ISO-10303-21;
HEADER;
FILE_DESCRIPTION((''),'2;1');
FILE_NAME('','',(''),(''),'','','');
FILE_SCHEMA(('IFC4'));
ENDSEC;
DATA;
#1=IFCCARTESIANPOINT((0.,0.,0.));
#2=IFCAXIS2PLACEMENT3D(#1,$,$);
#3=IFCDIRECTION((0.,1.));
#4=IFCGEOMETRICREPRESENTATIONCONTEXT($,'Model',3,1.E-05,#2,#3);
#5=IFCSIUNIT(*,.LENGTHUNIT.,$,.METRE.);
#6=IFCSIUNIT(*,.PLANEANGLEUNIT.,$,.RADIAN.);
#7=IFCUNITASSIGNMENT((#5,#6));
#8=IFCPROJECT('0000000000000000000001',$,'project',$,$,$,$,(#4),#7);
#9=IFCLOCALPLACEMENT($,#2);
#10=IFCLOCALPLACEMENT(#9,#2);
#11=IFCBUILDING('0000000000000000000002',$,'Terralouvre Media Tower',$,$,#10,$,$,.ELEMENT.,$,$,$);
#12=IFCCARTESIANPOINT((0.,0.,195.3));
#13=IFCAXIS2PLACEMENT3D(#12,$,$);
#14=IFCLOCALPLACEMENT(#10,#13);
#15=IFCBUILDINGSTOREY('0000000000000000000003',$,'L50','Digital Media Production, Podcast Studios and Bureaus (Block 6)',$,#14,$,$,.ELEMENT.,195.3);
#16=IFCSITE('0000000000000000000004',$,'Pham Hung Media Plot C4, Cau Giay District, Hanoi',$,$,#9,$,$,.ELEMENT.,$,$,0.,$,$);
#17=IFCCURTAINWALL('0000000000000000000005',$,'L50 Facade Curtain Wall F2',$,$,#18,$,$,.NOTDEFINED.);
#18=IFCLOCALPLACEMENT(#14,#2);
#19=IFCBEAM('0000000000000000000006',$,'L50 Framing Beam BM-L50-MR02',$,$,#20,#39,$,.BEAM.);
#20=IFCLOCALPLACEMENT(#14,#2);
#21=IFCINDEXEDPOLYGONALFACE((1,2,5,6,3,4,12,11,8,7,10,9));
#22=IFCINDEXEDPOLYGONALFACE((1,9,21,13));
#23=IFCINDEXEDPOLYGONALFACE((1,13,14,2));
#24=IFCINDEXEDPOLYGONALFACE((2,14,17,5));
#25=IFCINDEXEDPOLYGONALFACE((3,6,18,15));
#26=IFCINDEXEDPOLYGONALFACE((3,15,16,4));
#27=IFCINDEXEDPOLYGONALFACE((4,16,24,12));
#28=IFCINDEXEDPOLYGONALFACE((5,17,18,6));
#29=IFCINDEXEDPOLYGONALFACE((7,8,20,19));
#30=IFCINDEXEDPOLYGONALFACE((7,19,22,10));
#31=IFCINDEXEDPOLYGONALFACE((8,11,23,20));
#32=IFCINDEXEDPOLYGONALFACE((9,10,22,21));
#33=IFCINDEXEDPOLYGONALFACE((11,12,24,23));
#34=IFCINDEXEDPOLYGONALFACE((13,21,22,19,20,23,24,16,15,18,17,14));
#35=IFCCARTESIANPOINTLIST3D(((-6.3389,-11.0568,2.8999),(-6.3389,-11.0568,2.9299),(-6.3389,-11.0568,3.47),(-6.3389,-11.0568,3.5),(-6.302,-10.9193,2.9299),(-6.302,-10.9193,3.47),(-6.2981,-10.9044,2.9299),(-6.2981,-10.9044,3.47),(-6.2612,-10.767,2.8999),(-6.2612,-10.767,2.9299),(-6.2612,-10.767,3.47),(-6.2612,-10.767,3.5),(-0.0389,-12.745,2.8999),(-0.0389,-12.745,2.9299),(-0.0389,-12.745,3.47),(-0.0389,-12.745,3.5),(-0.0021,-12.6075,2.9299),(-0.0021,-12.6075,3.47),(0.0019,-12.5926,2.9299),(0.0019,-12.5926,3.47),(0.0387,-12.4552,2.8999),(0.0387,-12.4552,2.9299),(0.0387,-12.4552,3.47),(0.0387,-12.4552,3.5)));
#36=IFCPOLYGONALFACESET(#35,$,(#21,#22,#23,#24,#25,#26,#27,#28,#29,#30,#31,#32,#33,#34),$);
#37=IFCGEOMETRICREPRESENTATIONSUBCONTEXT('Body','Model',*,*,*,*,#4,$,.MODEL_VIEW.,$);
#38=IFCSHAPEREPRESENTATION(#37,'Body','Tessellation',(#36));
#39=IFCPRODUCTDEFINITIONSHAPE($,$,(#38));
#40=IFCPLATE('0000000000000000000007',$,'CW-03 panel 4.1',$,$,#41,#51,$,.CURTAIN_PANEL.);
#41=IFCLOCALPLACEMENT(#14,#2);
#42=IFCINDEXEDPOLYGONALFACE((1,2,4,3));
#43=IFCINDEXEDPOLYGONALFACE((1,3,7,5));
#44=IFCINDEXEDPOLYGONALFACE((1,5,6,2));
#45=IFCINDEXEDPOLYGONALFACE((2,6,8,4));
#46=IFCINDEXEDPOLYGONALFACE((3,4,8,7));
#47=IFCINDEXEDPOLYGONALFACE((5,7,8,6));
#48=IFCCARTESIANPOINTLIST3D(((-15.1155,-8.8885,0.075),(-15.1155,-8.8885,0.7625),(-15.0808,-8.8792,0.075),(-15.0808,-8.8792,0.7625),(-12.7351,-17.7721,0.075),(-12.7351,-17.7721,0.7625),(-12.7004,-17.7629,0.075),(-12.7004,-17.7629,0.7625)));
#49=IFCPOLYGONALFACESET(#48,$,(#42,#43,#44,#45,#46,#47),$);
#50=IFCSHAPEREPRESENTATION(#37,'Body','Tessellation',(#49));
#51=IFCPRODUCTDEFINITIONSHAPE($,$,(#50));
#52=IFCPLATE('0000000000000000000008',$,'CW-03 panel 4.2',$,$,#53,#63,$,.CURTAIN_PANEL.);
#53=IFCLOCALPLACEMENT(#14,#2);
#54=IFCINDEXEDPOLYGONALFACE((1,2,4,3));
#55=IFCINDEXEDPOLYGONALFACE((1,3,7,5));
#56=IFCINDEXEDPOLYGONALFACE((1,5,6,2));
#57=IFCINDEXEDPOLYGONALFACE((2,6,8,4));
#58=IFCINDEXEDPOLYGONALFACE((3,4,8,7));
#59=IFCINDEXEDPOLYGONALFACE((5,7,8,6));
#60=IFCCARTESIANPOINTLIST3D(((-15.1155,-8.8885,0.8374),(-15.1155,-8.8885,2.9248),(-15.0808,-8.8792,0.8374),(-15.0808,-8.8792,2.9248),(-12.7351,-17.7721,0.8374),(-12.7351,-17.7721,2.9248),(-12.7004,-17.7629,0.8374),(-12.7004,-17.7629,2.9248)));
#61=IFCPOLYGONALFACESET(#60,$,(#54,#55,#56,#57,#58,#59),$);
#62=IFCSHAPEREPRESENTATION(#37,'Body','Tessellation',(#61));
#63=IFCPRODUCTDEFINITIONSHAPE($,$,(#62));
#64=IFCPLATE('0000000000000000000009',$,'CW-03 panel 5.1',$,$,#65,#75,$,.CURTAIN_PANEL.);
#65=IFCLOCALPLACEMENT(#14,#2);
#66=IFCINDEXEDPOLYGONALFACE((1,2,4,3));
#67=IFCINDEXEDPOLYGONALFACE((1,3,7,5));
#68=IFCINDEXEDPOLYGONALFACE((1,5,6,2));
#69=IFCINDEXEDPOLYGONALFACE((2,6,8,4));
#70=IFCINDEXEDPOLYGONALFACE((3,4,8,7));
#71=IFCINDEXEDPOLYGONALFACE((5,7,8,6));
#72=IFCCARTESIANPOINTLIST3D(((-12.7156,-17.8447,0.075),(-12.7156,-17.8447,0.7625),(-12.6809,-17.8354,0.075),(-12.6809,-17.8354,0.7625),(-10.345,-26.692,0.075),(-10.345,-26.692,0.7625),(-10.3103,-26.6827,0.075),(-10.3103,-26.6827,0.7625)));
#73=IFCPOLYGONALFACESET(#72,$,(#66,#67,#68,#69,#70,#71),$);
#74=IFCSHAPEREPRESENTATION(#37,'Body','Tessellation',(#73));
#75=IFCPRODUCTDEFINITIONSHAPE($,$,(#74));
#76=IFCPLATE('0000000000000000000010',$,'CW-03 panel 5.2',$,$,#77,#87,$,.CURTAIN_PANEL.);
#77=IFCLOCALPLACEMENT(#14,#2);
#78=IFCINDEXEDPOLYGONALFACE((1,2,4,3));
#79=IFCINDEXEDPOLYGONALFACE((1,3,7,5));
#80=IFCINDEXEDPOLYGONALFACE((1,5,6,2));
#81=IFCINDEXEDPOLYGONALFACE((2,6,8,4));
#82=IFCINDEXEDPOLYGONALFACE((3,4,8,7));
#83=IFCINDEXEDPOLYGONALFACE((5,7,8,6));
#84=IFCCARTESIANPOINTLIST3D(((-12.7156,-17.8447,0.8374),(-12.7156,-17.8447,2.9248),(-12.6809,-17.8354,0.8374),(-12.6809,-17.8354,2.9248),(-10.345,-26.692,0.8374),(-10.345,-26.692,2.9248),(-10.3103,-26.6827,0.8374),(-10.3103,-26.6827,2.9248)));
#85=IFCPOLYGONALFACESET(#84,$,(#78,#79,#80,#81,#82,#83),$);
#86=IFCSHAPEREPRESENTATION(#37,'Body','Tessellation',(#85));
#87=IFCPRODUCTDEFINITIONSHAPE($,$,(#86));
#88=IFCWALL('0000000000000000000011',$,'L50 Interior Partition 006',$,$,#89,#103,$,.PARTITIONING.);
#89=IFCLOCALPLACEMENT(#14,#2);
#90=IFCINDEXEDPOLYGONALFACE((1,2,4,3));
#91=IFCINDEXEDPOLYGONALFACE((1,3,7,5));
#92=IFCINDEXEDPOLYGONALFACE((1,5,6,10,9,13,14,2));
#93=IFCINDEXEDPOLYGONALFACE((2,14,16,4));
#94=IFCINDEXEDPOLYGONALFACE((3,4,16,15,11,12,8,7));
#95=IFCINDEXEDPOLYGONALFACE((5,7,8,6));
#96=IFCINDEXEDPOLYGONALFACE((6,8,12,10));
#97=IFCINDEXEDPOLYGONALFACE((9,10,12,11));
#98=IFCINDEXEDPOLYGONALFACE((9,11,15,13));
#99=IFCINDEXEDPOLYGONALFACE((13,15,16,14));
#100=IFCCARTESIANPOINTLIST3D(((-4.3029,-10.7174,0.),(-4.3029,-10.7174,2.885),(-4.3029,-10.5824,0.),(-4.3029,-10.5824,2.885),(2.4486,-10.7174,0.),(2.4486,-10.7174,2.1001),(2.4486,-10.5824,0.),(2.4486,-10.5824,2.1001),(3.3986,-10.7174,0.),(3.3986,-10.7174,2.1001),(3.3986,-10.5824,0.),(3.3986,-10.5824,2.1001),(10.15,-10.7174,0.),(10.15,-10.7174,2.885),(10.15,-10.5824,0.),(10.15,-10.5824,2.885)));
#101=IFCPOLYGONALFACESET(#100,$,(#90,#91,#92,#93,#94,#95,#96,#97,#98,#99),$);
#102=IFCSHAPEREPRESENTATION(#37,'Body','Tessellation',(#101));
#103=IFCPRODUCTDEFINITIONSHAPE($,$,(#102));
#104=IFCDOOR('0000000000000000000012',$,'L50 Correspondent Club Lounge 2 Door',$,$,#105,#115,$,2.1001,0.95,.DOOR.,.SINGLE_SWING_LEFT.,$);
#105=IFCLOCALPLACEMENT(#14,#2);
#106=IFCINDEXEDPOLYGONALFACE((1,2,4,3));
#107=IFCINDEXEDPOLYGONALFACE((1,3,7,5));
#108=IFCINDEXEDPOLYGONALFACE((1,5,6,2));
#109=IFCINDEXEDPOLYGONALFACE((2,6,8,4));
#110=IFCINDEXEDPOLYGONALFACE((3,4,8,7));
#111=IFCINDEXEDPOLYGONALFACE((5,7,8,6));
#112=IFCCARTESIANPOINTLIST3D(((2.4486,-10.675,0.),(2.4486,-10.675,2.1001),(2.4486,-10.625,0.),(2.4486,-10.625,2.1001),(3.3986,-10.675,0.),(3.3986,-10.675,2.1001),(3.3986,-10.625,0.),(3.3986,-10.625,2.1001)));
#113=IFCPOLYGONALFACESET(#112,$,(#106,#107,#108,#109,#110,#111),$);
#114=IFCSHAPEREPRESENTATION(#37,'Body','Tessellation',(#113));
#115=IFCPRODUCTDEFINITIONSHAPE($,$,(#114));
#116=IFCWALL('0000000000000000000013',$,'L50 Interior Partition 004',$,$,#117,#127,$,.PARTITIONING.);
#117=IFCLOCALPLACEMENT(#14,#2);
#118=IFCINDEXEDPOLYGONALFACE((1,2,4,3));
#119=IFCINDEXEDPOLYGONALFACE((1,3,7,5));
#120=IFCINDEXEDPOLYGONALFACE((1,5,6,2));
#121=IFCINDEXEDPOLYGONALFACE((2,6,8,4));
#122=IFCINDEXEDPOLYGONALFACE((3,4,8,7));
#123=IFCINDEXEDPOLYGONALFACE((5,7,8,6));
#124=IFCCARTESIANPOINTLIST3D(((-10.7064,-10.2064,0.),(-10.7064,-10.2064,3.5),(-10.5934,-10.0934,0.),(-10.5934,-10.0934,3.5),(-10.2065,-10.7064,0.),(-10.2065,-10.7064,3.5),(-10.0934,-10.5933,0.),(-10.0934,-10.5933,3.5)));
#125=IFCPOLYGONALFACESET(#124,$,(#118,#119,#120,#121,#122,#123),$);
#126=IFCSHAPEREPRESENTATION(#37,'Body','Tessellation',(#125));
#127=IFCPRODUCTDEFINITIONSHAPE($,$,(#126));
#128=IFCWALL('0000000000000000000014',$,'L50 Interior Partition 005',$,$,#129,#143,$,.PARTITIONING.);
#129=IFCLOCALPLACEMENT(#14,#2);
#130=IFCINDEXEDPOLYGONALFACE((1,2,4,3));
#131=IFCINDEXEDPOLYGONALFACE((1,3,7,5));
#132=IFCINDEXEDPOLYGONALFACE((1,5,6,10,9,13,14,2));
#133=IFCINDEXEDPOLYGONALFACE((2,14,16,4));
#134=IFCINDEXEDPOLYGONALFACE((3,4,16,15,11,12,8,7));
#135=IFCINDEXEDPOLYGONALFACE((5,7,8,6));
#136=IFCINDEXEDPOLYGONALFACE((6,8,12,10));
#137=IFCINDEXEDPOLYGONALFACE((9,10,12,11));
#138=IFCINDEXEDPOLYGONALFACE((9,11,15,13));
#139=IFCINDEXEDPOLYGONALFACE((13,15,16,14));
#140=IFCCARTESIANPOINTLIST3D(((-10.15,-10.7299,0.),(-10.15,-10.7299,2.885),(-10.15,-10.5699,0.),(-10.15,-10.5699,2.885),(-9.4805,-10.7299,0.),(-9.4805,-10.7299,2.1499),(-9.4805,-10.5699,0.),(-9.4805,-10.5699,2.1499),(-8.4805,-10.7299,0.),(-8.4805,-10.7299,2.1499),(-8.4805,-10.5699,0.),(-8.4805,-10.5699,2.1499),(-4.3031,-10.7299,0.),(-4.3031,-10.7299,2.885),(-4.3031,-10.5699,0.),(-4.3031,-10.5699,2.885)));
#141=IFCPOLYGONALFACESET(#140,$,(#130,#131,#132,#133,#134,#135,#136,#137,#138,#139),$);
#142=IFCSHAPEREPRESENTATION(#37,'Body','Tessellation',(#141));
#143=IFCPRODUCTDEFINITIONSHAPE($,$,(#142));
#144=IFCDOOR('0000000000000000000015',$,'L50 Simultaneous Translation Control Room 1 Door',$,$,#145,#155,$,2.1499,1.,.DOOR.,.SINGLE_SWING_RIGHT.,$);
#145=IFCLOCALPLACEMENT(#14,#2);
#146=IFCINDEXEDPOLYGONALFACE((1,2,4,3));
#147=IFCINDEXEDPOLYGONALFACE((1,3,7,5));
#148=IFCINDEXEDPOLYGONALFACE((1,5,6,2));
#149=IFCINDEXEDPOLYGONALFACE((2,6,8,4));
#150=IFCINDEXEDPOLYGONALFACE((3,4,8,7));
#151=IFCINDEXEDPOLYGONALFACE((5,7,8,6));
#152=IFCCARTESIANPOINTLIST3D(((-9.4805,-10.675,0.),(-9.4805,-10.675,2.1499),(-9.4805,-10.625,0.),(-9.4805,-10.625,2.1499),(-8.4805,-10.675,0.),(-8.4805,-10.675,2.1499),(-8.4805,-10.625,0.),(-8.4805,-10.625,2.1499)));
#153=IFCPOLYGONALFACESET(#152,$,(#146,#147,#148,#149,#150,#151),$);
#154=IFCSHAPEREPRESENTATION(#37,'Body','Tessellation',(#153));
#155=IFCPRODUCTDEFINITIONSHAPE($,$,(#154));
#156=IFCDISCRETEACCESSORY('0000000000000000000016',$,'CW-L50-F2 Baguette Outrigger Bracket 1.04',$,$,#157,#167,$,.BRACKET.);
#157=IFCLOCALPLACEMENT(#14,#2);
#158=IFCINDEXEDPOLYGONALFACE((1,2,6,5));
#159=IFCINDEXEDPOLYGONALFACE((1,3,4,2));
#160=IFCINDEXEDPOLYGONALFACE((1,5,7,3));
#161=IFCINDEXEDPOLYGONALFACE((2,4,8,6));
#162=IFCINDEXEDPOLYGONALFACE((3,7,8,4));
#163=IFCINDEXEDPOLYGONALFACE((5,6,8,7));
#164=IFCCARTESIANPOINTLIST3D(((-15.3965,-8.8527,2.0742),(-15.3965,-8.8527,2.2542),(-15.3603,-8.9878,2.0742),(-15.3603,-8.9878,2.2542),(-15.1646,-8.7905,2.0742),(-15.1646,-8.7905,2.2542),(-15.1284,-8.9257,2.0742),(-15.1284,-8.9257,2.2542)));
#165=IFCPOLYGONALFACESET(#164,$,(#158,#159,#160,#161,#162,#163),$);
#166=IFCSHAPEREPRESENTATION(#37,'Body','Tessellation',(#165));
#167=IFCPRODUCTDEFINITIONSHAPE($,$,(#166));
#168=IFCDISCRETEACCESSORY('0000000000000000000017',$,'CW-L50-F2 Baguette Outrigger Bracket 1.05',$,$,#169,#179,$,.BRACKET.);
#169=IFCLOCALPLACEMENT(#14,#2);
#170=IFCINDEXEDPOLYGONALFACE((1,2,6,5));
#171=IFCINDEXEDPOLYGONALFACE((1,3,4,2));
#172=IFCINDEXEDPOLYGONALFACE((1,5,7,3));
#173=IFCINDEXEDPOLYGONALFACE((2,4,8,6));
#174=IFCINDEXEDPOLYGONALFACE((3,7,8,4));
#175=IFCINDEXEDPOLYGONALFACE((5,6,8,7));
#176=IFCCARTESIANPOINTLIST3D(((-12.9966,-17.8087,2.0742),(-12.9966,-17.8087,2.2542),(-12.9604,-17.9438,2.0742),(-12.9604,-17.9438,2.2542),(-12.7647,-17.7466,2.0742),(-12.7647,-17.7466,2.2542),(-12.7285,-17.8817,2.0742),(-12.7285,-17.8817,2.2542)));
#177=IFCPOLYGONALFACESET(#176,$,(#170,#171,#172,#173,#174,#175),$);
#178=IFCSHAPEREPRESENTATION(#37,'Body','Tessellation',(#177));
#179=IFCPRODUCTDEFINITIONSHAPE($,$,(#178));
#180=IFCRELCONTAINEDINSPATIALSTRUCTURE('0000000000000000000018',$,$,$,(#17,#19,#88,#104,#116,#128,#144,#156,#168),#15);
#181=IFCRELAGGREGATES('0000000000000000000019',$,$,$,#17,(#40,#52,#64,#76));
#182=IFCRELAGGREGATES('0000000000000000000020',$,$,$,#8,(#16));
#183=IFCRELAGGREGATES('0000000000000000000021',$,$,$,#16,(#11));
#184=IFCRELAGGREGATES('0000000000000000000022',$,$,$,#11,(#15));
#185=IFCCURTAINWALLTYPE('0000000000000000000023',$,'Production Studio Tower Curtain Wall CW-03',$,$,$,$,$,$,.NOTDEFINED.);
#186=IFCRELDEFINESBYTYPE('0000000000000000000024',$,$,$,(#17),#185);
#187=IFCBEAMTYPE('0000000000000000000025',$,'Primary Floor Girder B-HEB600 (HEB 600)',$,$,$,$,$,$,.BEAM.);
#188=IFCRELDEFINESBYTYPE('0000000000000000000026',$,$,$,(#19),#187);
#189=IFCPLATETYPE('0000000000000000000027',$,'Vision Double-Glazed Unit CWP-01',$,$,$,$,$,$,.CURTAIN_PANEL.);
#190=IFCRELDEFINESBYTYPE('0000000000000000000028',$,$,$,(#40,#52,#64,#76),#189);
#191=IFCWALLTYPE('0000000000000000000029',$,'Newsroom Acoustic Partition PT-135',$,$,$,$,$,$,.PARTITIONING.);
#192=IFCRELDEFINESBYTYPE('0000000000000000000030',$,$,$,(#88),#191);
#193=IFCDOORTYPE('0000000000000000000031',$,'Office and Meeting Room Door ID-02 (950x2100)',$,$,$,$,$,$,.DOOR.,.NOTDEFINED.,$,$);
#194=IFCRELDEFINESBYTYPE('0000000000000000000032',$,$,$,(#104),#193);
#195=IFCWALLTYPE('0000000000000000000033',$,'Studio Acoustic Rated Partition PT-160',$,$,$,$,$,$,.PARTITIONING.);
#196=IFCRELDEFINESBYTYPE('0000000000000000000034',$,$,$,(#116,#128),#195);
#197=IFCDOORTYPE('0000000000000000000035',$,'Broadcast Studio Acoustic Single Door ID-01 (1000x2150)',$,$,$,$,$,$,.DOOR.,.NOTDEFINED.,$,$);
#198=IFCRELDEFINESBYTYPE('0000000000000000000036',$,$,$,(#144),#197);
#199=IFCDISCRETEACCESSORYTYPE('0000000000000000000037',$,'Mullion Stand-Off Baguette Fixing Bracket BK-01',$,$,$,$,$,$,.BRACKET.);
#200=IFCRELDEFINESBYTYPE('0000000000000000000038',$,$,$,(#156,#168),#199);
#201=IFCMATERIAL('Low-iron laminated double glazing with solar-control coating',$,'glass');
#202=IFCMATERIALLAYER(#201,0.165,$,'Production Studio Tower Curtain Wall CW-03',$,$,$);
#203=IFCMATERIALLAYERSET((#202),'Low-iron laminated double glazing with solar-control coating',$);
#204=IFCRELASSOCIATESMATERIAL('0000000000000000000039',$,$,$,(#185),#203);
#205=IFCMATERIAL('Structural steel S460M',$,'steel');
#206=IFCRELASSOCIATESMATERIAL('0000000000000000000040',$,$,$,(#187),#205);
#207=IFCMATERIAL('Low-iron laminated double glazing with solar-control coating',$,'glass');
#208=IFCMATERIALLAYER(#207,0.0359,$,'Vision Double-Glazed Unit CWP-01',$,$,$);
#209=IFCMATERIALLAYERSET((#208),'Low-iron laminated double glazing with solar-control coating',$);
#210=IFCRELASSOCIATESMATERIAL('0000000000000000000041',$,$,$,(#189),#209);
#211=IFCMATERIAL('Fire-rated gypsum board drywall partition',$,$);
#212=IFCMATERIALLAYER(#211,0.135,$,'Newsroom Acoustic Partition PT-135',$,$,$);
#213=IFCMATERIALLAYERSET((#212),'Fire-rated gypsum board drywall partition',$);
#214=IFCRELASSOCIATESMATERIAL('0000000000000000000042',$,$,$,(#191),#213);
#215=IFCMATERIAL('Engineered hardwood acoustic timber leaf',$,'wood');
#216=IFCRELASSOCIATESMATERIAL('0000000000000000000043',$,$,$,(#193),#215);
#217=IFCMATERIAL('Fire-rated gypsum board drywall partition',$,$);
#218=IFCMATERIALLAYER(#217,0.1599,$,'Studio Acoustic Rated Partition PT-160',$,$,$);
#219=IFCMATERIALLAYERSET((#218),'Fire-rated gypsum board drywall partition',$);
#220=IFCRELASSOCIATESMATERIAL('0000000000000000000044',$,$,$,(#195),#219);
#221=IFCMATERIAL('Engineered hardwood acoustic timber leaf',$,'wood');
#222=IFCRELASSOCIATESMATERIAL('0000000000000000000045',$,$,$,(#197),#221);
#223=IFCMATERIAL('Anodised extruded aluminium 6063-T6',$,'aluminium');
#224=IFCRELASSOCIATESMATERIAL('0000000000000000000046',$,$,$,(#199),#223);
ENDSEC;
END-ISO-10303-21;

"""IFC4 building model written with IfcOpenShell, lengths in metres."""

from ifc_helpers import new_model, si_unit, direction, frame, frame_2d, origin, origin_2d, place, context, subcontext, project, spatial, rectangle, i_section, extrude, material, layer, layer_set, material_profile, profile_set, type_object, element, fill, aggregate, save


model = new_model("IFC4")

# Units and contexts
model_context = context("Model", 3, precision=1e-05, world=origin(), true_north=direction((0.0, 1.0)))
body_context = subcontext(model_context, "Body", "Model", "MODEL_VIEW")
ifc_project = project(units=[si_unit("LENGTHUNIT", "METRE"), si_unit("PLANEANGLEUNIT", "RADIAN")], contexts=[model_context])

# Site, building, storey
site_placement = place(None, origin())
site = spatial("IfcSite", under=ifc_project, at=site_placement, Name="Pham Hung Media Plot C4, Cau Giay District, Hanoi", CompositionType="ELEMENT", RefElevation=0.0)
building_placement = place(site_placement, origin())
building = spatial("IfcBuilding", under=site, at=building_placement, Name="Terralouvre Media Tower", CompositionType="ELEMENT")
storey_placement = place(building_placement, frame((0.0, 0.0, 195.3)))
storey = spatial("IfcBuildingStorey", under=building, at=storey_placement, Name="L50", Description="Digital Media Production, Podcast Studios and Bureaus (Block 6)", CompositionType="ELEMENT", Elevation=195.3)

# Curtain wall
ifc_material_1 = material(Name="Low-iron laminated double glazing with solar-control coating", Category="glass")
ifc_layer_1 = layer(ifc_material_1, 0.165, Name="Production Studio Tower Curtain Wall CW-03")
ifc_layer_set_1 = layer_set([ifc_layer_1], Name="Low-iron laminated double glazing with solar-control coating")
curtain_wall_type = type_object("IfcCurtainWallType", Name="Production Studio Tower Curtain Wall CW-03", PredefinedType="NOTDEFINED", material=ifc_layer_set_1)
curtain_wall_placement = place(storey_placement, origin())
curtain_wall = element("IfcCurtainWall", 1, at=curtain_wall_placement, inside=storey, type_object=curtain_wall_type, Name="L50 Facade Curtain Wall F2", PredefinedType="NOTDEFINED")

# Beam
ifc_material_2 = material(Name="Structural steel S460M", Category="steel")
ifc_material_profile_1 = material_profile(ifc_material_2, i_section(OverallWidth=0.3, OverallDepth=0.6001, WebThickness=0.0154, FlangeThickness=0.03, at=origin_2d()), Name="HEB 600")
ifc_profile_set_1 = profile_set([ifc_material_profile_1], Name="Structural steel S460M")
beam_type_1 = type_object("IfcBeamType", Name="Primary Floor Girder B-HEB600 (HEB 600)", PredefinedType="BEAM", material=ifc_profile_set_1)
beam_1_placement = place(storey_placement, frame((-6.3, -10.9119, 3.2), z_axis=(0.96592, -0.258839, 0.0), x_axis=(0.258839, 0.96592, 0.0)))
element("IfcBeam", 2, at=beam_1_placement, inside=storey, type_object=beam_type_1, Name="L50 Framing Beam BM-L50-MR02", PredefinedType="BEAM", context=body_context, shape_type="SweptSolid", body=[
    extrude(i_section(OverallWidth=0.3, OverallDepth=0.6001, WebThickness=0.0154, FlangeThickness=0.03, at=origin_2d()), origin(), (0.0, 0.0, 1.0), 6.5222),
])

# Plates
ifc_material_3 = material(Name="Low-iron laminated double glazing with solar-control coating", Category="glass")
ifc_layer_2 = layer(ifc_material_3, 0.0359, Name="Vision Double-Glazed Unit CWP-01")
ifc_layer_set_2 = layer_set([ifc_layer_2], Name="Low-iron laminated double glazing with solar-control coating")
plate_type = type_object("IfcPlateType", Name="Vision Double-Glazed Unit CWP-01", PredefinedType="CURTAIN_PANEL", material=ifc_layer_set_2)
plate_1_placement = place(storey_placement, frame((-13.908, -13.3257, 0.075), z_axis=(0.0, 0.0, 1.0), x_axis=(0.258819, -0.965926, 0.0)))
plate_1 = element("IfcPlate", 3, at=plate_1_placement, type_object=plate_type, Name="CW-03 panel 4.1", PredefinedType="CURTAIN_PANEL", context=body_context, shape_type="SweptSolid", body=[
    extrude(rectangle(XDim=9.197, YDim=0.0359, at=origin_2d()), origin(), (0.0, 0.0, 1.0), 0.6875),
])
plate_2_placement = place(storey_placement, frame((-13.908, -13.3257, 0.8374), z_axis=(0.0, 0.0, 1.0), x_axis=(0.258819, -0.965926, 0.0)))
plate_2 = element("IfcPlate", 4, at=plate_2_placement, type_object=plate_type, Name="CW-03 panel 4.2", PredefinedType="CURTAIN_PANEL", context=body_context, shape_type="SweptSolid", body=[
    extrude(rectangle(XDim=9.197, YDim=0.0359, at=origin_2d()), origin(), (0.0, 0.0, 1.0), 2.0874),
])
plate_3_placement = place(storey_placement, frame((-11.5129, -22.2637, 0.075), z_axis=(0.0, 0.0, 1.0), x_axis=(0.258819, -0.965926, 0.0)))
plate_3 = element("IfcPlate", 5, at=plate_3_placement, type_object=plate_type, Name="CW-03 panel 5.1", PredefinedType="CURTAIN_PANEL", context=body_context, shape_type="SweptSolid", body=[
    extrude(rectangle(XDim=9.1594, YDim=0.0359, at=origin_2d()), origin(), (0.0, 0.0, 1.0), 0.6875),
])
plate_4_placement = place(storey_placement, frame((-11.5129, -22.2637, 0.8374), z_axis=(0.0, 0.0, 1.0), x_axis=(0.258819, -0.965926, 0.0)))
plate_4 = element("IfcPlate", 6, at=plate_4_placement, type_object=plate_type, Name="CW-03 panel 5.2", PredefinedType="CURTAIN_PANEL", context=body_context, shape_type="SweptSolid", body=[
    extrude(rectangle(XDim=9.1594, YDim=0.0359, at=origin_2d()), origin(), (0.0, 0.0, 1.0), 2.0874),
])
aggregate(curtain_wall, [plate_1, plate_2, plate_3, plate_4])

# Wall, opening, door
ifc_material_4 = material(Name="Fire-rated gypsum board drywall partition")
ifc_layer_3 = layer(ifc_material_4, 0.135, Name="Newsroom Acoustic Partition PT-135")
ifc_layer_set_3 = layer_set([ifc_layer_3], Name="Fire-rated gypsum board drywall partition")
wall_type_1 = type_object("IfcWallType", Name="Newsroom Acoustic Partition PT-135", PredefinedType="PARTITIONING", material=ifc_layer_set_3)
wall_1_placement = place(storey_placement, frame((-4.303, -10.6499, 0.0), z_axis=(0.0, 0.0, 1.0), x_axis=(1.0, 0.0, 0.0)))
wall_1 = element("IfcWall", 7, at=wall_1_placement, inside=storey, type_object=wall_type_1, Name="L50 Interior Partition 006", PredefinedType="PARTITIONING", context=body_context, shape_type="SweptSolid", body=[
    extrude(rectangle(XDim=14.4529, YDim=0.135, at=frame_2d((7.2266, 0.0))), origin(), (0.0, 0.0, 1.0), 2.885),
])
opening_1_placement = place(wall_1_placement, frame((6.7515, 0.0, 0.0)))
opening_1 = element("IfcOpeningElement", 8, at=opening_1_placement, cuts=wall_1, PredefinedType="OPENING", context=body_context, shape_type="SweptSolid", body=[
    extrude(rectangle(XDim=0.95, YDim=2.1001, at=frame_2d((0.4751, 1.05))), frame((0.0, 0.0774, 0.0), z_axis=(0.0, -1.0, 0.0), x_axis=(1.0, 0.0, 0.0)), (0.0, 0.0, 1.0), 0.155),
])
ifc_material_5 = material(Name="Engineered hardwood acoustic timber leaf", Category="wood")
door_type_1 = type_object("IfcDoorType", Name="Office and Meeting Room Door ID-02 (950x2100)", OperationType="NOTDEFINED", PredefinedType="DOOR", material=ifc_material_5)
door_1_placement = place(opening_1_placement, origin())
door_1 = element("IfcDoor", 9, at=door_1_placement, inside=storey, type_object=door_type_1, Name="L50 Correspondent Club Lounge 2 Door", OperationType="SINGLE_SWING_LEFT", OverallHeight=2.1001, OverallWidth=0.95, PredefinedType="DOOR", context=body_context, shape_type="SweptSolid", body=[
    extrude(rectangle(XDim=0.95, YDim=2.1001, at=frame_2d((0.4751, 1.05))), frame((0.0, 0.0249, 0.0), z_axis=(0.0, -1.0, 0.0), x_axis=(1.0, 0.0, 0.0)), (0.0, 0.0, 1.0), 0.05),
])
fill(opening_1, door_1)

# Wall
ifc_material_6 = material(Name="Fire-rated gypsum board drywall partition")
ifc_layer_4 = layer(ifc_material_6, 0.1599, Name="Studio Acoustic Rated Partition PT-160")
ifc_layer_set_4 = layer_set([ifc_layer_4], Name="Fire-rated gypsum board drywall partition")
wall_type_2 = type_object("IfcWallType", Name="Studio Acoustic Rated Partition PT-160", PredefinedType="PARTITIONING", material=ifc_layer_set_4)
wall_2_placement = place(storey_placement, frame((-10.6499, -10.1499, 0.0), z_axis=(0.0, 0.0, 1.0), x_axis=(0.707107, -0.707107, 0.0)))
element("IfcWall", 10, at=wall_2_placement, inside=storey, type_object=wall_type_2, Name="L50 Interior Partition 004", PredefinedType="PARTITIONING", context=body_context, shape_type="SweptSolid", body=[
    extrude(rectangle(XDim=0.707, YDim=0.1599, at=frame_2d((0.3535, 0.0))), origin(), (0.0, 0.0, 1.0), 3.5),
])

# Wall, opening, door
wall_3_placement = place(storey_placement, frame((-10.1499, -10.6499, 0.0), z_axis=(0.0, 0.0, 1.0), x_axis=(1.0, 0.0, 0.0)))
wall_3 = element("IfcWall", 11, at=wall_3_placement, inside=storey, type_object=wall_type_2, Name="L50 Interior Partition 005", PredefinedType="PARTITIONING", context=body_context, shape_type="SweptSolid", body=[
    extrude(rectangle(XDim=5.8469, YDim=0.1599, at=frame_2d((2.9233, 0.0))), origin(), (0.0, 0.0, 1.0), 2.885),
])
opening_2_placement = place(wall_3_placement, frame((0.6694, 0.0, 0.0)))
opening_2 = element("IfcOpeningElement", 12, at=opening_2_placement, cuts=wall_3, PredefinedType="OPENING", context=body_context, shape_type="SweptSolid", body=[
    extrude(rectangle(XDim=1.0, YDim=2.1499, at=frame_2d((0.5, 1.075))), frame((0.0, 0.0898, 0.0), z_axis=(0.0, -1.0, 0.0), x_axis=(1.0, 0.0, 0.0)), (0.0, 0.0, 1.0), 0.1799),
])
ifc_material_7 = material(Name="Engineered hardwood acoustic timber leaf", Category="wood")
door_type_2 = type_object("IfcDoorType", Name="Broadcast Studio Acoustic Single Door ID-01 (1000x2150)", OperationType="NOTDEFINED", PredefinedType="DOOR", material=ifc_material_7)
door_2_placement = place(opening_2_placement, origin())
door_2 = element("IfcDoor", 13, at=door_2_placement, inside=storey, type_object=door_type_2, Name="L50 Simultaneous Translation Control Room 1 Door", OperationType="SINGLE_SWING_RIGHT", OverallHeight=2.1499, OverallWidth=1.0, PredefinedType="DOOR", context=body_context, shape_type="SweptSolid", body=[
    extrude(rectangle(XDim=1.0, YDim=2.1499, at=frame_2d((0.5, 1.075))), frame((0.0, 0.0249, 0.0), z_axis=(0.0, -1.0, 0.0), x_axis=(1.0, 0.0, 0.0)), (0.0, 0.0, 1.0), 0.05),
])
fill(opening_2, door_2)

# Discrete accessories
ifc_material_8 = material(Name="Anodised extruded aluminium 6063-T6", Category="aluminium")
discrete_accessory_type = type_object("IfcDiscreteAccessoryType", Name="Mullion Stand-Off Baguette Fixing Bracket BK-01", PredefinedType="BRACKET", material=ifc_material_8)
for number, where, z_axis, x_axis, name in (
    (14, (-15.2625, -8.8892, 2.0742), (0.0, 0.0, 1.0), (0.258819, -0.965926, 0.0), "CW-L50-F2 Baguette Outrigger Bracket 1.04"),
    (15, (-12.8625, -17.8452, 2.0742), (0.0, 0.0, 1.0), (0.258819, -0.965926, 0.0), "CW-L50-F2 Baguette Outrigger Bracket 1.05"),
):
    element("IfcDiscreteAccessory", number, at=place(storey_placement, frame(where, z_axis=z_axis, x_axis=x_axis)), inside=storey, type_object=discrete_accessory_type, Name=name, PredefinedType="BRACKET", context=body_context, shape_type="SweptSolid", body=[
        extrude(rectangle(XDim=0.1399, YDim=0.24, at=origin_2d()), origin(), (0.0, 0.0, 1.0), 0.1799),
    ])

save(model, "model.ifc")
